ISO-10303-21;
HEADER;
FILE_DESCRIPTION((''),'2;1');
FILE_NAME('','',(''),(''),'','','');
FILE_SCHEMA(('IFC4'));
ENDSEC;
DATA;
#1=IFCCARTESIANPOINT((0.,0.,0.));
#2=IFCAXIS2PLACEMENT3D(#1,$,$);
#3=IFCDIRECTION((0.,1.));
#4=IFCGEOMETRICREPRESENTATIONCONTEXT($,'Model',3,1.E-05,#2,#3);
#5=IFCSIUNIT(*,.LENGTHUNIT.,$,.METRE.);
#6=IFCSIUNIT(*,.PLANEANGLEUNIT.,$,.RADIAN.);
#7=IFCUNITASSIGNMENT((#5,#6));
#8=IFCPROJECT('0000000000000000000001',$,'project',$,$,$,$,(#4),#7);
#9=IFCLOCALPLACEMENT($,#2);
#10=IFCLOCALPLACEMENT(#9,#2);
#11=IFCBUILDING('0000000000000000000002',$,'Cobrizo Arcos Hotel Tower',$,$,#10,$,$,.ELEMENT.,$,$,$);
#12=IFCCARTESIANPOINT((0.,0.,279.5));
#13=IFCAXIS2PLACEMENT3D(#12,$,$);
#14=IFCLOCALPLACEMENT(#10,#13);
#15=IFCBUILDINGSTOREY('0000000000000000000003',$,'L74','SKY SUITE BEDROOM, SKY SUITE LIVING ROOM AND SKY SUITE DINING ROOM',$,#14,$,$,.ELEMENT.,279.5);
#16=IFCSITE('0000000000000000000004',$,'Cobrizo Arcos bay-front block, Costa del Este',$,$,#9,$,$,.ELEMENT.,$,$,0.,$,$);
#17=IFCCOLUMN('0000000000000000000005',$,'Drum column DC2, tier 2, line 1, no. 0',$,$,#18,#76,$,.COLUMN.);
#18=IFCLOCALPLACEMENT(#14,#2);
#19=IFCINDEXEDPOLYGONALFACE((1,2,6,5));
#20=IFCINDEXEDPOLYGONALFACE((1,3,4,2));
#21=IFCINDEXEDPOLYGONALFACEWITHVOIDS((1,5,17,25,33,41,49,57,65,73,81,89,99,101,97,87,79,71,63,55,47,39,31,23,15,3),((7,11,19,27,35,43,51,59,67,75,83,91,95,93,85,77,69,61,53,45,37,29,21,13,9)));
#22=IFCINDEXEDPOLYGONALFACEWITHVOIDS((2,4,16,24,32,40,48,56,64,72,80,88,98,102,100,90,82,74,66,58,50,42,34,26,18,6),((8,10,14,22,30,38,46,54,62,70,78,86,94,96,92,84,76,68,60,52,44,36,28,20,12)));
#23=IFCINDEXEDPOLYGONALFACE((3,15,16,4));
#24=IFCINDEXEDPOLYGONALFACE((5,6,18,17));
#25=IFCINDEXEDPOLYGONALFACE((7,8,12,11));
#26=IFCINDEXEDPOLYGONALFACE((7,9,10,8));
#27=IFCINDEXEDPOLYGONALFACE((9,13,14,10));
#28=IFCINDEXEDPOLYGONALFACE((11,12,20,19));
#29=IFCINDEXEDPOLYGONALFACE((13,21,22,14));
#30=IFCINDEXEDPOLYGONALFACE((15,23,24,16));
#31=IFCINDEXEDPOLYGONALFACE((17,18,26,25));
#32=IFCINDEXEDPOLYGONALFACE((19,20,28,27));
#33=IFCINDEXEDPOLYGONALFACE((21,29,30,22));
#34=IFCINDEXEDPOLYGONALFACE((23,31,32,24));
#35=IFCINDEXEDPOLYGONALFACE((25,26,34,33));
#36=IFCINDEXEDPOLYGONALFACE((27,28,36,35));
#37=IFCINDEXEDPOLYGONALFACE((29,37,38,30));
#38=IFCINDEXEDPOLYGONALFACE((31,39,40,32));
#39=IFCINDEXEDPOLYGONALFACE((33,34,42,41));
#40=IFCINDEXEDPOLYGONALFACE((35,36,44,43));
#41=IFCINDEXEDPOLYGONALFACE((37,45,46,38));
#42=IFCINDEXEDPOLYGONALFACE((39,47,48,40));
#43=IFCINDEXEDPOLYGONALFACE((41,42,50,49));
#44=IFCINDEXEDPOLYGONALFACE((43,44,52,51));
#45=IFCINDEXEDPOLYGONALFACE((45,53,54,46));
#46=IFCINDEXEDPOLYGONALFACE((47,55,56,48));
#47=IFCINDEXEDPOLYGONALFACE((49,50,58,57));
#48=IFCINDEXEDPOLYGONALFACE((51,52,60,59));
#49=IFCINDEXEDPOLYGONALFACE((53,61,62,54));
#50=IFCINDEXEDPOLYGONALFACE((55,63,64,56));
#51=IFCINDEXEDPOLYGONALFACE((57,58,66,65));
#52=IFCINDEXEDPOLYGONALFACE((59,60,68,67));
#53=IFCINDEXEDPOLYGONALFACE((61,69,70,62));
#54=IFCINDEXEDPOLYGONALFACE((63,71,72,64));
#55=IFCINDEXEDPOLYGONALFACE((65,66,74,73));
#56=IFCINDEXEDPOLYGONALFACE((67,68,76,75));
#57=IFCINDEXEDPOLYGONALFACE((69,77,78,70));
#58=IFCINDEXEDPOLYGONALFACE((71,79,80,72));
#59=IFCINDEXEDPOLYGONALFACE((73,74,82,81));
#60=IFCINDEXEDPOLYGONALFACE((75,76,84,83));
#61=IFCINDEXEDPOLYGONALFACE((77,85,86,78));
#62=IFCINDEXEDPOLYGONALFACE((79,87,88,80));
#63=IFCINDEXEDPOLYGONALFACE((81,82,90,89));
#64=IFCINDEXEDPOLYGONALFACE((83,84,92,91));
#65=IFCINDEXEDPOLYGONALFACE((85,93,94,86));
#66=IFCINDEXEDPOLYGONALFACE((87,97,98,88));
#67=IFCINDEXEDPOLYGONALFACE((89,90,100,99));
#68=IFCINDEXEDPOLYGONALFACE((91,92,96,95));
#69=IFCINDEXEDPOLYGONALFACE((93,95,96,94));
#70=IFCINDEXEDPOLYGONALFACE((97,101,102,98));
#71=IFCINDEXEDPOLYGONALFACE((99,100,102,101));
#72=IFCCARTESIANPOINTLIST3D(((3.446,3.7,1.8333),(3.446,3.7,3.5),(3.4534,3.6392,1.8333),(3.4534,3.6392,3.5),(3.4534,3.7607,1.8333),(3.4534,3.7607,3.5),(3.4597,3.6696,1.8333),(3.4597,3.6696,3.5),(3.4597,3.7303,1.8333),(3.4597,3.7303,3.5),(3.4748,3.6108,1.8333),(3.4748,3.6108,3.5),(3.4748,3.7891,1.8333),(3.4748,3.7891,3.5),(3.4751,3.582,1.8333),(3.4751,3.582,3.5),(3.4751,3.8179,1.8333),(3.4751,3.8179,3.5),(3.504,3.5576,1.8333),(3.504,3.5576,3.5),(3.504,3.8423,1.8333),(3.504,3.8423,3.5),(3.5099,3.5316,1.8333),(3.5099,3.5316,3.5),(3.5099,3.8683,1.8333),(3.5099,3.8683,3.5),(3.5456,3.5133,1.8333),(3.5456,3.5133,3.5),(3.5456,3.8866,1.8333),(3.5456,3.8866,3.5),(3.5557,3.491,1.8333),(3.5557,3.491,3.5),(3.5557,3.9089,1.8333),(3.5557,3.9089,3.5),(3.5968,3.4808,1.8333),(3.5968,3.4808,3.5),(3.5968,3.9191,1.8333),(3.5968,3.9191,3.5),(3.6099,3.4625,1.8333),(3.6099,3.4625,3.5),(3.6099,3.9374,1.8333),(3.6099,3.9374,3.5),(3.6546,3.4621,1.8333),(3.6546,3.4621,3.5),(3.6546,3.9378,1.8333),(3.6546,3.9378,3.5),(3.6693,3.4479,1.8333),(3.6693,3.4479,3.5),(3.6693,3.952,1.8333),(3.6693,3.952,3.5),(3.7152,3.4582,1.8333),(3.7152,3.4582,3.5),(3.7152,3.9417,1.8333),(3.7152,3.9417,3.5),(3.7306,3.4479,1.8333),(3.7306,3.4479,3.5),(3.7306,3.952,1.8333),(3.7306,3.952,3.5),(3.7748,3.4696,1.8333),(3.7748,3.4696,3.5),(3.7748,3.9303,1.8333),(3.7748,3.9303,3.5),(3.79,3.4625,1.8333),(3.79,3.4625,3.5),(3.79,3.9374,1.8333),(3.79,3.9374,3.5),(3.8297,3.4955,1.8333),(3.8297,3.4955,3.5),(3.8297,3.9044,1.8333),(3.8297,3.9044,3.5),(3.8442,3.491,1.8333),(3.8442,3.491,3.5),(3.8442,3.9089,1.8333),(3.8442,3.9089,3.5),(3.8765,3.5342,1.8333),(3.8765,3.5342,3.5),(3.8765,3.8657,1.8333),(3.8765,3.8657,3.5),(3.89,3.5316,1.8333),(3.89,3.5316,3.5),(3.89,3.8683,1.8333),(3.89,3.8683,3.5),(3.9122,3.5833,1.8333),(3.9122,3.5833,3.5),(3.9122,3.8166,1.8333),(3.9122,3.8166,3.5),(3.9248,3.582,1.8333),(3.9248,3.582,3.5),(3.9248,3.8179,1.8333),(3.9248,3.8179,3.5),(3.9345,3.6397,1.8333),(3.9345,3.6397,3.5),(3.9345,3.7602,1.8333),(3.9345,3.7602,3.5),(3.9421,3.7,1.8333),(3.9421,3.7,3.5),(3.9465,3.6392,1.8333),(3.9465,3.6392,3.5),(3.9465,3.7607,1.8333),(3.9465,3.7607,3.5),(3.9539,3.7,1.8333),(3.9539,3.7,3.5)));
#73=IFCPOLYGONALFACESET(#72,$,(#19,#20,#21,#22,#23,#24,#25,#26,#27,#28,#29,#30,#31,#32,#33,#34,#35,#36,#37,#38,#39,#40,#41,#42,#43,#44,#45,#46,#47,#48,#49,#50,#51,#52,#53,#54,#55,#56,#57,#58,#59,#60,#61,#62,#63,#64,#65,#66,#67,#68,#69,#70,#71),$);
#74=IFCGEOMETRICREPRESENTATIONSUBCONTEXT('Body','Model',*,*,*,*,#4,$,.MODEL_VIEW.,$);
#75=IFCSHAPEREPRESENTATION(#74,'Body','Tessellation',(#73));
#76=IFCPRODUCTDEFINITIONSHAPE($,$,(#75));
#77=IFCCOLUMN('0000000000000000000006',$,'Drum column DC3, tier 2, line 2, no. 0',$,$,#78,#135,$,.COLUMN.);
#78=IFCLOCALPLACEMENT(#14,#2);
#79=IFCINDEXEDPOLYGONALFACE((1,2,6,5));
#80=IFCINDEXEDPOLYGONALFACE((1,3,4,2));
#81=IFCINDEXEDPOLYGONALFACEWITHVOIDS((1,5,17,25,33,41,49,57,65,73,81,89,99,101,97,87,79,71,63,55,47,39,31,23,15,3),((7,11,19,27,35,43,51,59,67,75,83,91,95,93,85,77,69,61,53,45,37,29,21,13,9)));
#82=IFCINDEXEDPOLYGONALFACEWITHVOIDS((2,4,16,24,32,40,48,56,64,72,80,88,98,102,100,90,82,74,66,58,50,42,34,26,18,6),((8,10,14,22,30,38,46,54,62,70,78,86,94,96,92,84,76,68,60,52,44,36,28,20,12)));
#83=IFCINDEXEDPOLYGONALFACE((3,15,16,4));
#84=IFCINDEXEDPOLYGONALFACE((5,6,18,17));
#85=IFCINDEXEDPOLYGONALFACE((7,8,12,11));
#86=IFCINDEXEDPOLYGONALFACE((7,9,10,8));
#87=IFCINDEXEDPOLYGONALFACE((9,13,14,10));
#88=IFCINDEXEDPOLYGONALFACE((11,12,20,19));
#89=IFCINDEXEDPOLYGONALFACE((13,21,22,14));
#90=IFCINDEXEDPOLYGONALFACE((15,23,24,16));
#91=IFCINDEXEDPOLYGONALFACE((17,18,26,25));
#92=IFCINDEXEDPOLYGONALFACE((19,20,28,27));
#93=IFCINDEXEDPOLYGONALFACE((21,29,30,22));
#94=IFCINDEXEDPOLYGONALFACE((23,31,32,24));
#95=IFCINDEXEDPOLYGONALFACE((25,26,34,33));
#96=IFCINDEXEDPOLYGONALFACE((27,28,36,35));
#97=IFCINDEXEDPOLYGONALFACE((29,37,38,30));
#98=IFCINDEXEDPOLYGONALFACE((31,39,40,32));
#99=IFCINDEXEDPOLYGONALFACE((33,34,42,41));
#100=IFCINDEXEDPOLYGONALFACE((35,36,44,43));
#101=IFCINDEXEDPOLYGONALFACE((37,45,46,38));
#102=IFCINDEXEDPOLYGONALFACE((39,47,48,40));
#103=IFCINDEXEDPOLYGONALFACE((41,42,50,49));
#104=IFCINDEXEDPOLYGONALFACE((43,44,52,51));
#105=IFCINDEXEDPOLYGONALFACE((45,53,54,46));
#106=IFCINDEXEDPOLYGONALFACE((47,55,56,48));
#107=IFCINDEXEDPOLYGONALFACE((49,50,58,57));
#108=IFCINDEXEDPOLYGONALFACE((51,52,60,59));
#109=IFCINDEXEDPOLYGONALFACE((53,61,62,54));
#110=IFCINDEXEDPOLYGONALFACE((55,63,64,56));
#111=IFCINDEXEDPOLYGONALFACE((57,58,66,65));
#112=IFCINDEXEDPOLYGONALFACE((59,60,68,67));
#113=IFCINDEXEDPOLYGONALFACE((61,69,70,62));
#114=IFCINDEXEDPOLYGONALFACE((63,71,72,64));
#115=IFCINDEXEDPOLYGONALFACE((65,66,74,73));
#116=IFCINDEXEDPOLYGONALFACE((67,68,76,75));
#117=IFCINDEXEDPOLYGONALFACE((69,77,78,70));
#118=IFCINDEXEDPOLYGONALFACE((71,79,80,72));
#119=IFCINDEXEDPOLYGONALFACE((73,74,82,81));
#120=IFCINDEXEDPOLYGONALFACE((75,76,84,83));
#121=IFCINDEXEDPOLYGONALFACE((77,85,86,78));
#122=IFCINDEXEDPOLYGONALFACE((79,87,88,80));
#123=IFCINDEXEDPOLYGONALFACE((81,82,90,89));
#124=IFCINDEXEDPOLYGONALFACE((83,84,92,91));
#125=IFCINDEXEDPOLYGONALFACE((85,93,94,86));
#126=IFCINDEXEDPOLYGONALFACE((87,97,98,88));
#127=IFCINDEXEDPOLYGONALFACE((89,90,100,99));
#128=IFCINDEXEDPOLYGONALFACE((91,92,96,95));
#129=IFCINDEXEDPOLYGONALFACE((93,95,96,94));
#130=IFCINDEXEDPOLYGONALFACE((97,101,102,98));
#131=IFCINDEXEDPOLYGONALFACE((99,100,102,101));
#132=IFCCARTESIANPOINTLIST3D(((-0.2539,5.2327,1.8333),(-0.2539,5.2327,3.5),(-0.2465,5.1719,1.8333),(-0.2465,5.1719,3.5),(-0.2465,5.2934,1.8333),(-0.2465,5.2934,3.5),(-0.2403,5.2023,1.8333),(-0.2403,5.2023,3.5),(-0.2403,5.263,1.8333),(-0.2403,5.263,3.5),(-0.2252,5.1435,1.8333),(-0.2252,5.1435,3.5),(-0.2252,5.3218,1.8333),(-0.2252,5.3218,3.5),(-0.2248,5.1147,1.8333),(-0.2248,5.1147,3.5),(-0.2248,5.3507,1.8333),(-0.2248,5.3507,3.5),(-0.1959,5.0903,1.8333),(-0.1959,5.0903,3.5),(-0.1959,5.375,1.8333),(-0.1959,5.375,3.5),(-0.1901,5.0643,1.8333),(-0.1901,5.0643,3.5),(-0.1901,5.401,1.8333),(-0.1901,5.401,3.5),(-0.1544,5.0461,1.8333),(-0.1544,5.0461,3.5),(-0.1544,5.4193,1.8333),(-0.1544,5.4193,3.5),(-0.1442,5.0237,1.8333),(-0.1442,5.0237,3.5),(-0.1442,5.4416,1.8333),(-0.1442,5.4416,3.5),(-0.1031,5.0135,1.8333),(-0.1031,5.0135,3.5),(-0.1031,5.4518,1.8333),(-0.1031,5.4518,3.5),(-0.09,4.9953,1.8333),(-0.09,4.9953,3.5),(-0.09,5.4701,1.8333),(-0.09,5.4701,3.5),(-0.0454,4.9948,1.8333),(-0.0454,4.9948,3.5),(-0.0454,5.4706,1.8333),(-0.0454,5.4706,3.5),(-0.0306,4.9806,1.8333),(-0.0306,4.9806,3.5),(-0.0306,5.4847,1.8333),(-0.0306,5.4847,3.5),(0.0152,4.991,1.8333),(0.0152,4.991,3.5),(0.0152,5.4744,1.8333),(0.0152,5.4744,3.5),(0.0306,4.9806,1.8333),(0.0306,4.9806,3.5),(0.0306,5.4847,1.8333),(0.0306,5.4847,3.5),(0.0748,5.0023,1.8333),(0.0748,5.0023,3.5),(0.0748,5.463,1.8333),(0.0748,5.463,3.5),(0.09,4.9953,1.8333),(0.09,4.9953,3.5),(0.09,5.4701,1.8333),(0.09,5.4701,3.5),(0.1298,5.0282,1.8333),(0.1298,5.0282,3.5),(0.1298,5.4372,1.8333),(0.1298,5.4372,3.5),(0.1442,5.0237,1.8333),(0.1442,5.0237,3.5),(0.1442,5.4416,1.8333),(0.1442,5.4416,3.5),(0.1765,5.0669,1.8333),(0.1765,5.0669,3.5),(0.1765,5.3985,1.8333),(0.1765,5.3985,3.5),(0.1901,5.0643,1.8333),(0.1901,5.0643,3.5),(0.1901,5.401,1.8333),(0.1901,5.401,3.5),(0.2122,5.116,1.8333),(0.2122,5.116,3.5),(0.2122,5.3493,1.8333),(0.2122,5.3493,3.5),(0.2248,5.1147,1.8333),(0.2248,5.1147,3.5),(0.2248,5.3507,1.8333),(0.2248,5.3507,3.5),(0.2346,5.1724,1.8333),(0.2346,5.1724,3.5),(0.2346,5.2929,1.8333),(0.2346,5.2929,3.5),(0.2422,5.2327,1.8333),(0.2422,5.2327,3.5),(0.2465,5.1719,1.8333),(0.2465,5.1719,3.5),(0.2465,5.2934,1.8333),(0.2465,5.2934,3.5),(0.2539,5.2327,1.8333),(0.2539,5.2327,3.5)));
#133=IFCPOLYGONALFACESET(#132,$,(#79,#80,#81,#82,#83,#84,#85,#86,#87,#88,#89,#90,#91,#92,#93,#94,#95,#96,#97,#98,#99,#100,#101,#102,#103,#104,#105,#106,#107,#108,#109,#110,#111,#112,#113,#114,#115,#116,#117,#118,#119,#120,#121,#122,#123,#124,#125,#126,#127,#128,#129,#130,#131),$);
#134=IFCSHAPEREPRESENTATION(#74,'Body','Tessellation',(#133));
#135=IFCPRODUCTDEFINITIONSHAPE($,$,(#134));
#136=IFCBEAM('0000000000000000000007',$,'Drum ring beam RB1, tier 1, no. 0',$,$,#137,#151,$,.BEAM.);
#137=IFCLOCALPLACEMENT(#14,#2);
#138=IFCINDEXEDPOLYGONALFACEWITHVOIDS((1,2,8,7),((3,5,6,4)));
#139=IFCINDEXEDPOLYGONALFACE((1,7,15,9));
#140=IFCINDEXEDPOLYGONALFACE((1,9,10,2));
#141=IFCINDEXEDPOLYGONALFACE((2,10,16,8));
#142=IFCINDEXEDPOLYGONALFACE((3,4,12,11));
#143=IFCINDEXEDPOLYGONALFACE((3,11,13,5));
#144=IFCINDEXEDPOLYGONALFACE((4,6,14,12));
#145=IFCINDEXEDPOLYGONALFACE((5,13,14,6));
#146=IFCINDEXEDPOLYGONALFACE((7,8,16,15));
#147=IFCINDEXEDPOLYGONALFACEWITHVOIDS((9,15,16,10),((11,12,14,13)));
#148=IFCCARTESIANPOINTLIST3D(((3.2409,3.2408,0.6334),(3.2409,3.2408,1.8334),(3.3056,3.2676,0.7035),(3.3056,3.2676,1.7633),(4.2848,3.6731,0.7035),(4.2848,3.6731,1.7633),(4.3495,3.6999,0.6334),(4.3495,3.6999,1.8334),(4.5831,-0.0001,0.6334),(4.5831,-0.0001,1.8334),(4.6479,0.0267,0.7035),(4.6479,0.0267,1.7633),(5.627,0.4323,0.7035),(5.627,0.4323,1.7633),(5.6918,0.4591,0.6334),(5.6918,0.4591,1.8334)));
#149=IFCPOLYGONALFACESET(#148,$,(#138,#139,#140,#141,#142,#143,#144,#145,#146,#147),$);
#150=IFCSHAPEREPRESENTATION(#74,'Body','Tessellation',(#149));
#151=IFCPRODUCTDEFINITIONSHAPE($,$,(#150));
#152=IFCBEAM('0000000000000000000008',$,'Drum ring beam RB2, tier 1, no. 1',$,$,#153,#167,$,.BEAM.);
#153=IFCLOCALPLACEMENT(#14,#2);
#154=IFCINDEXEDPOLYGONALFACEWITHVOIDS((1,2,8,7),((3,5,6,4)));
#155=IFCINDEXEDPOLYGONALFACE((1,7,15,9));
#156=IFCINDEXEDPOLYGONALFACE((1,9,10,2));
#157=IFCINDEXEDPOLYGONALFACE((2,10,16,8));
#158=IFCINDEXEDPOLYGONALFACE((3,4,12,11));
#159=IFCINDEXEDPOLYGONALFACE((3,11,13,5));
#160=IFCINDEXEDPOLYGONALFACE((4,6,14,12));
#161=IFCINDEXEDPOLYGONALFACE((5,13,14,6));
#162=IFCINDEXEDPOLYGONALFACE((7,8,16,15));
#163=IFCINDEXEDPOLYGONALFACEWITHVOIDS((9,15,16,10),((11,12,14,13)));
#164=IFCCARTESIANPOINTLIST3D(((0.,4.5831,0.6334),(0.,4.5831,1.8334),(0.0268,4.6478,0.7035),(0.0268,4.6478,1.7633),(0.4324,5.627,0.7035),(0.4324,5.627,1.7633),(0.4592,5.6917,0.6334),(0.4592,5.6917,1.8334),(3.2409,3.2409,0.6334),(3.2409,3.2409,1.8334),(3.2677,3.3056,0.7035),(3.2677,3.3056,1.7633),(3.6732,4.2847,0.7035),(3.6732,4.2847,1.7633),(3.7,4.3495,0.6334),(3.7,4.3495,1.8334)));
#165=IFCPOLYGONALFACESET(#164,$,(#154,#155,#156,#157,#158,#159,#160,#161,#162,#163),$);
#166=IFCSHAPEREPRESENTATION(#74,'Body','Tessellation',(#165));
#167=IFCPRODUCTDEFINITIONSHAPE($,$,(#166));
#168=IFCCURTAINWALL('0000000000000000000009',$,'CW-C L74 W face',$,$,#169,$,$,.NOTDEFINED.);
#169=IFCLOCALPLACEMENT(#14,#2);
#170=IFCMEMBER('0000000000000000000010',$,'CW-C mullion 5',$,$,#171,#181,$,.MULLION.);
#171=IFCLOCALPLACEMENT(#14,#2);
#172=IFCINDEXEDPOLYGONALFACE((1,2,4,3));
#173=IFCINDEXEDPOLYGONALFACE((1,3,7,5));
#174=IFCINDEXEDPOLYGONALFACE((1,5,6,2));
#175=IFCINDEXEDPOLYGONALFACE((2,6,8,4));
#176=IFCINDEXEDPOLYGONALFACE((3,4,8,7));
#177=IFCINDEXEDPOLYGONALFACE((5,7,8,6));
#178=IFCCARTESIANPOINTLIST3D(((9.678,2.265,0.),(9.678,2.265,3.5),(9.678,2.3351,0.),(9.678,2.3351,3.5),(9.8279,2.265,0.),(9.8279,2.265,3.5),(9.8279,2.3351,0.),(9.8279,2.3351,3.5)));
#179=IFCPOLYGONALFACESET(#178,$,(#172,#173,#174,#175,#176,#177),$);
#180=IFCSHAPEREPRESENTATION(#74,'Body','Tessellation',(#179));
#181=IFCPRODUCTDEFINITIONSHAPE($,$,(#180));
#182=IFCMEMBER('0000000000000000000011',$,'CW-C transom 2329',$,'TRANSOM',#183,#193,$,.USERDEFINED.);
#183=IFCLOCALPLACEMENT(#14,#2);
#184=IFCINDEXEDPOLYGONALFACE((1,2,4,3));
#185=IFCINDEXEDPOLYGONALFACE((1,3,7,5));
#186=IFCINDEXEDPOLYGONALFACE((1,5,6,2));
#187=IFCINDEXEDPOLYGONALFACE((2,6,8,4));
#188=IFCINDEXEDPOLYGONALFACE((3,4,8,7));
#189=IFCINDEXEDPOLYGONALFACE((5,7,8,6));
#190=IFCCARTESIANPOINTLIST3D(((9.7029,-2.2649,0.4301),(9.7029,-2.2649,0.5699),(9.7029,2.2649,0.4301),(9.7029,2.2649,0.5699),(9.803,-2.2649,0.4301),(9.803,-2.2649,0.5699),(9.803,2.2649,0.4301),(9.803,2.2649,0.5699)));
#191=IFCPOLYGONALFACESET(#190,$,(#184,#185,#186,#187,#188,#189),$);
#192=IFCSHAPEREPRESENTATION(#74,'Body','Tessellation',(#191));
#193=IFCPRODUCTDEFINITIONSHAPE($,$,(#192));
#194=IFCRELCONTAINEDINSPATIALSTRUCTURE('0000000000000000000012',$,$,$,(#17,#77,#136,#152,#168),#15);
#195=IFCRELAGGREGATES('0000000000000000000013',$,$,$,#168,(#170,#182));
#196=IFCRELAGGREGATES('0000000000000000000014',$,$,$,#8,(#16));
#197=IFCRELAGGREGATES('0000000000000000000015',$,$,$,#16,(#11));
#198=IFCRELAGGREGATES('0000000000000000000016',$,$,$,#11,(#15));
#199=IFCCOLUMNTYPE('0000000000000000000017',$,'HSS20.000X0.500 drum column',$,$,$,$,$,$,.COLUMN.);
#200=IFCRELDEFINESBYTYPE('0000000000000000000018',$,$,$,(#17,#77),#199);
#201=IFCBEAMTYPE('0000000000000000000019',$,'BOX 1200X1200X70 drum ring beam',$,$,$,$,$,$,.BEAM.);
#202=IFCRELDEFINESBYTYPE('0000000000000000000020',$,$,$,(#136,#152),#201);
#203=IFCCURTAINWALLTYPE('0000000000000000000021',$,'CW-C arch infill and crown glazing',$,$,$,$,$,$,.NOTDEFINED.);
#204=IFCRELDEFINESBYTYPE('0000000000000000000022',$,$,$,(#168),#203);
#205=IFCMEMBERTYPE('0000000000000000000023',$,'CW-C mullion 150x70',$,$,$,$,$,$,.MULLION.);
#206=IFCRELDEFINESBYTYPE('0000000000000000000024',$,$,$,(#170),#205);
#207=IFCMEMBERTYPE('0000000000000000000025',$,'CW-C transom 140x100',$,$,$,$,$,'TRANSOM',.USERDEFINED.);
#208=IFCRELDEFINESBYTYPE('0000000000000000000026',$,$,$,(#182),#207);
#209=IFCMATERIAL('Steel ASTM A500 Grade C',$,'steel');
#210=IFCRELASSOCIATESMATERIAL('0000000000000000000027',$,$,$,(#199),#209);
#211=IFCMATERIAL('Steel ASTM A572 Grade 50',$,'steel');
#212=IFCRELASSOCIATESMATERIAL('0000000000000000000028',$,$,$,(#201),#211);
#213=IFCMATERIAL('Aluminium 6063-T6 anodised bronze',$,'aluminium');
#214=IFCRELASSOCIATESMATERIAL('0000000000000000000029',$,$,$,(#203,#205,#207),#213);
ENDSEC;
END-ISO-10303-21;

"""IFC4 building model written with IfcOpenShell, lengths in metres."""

from ifc_helpers import new_model, si_unit, direction, frame, origin, origin_2d, place, context, subcontext, project, spatial, rectangle, hollow_rectangle, hollow_circle, extrude, material, material_profile, profile_set, type_object, element, aggregate, save


model = new_model("IFC4")

# Units and contexts
model_context = context("Model", 3, precision=1e-05, world=origin(), true_north=direction((0.0, 1.0)))
body_context = subcontext(model_context, "Body", "Model", "MODEL_VIEW")
ifc_project = project(units=[si_unit("LENGTHUNIT", "METRE"), si_unit("PLANEANGLEUNIT", "RADIAN")], contexts=[model_context])

# Site, building, storey
site_placement = place(None, origin())
site = spatial("IfcSite", under=ifc_project, at=site_placement, Name="Cobrizo Arcos bay-front block, Costa del Este", CompositionType="ELEMENT", RefElevation=0.0)
building_placement = place(site_placement, origin())
building = spatial("IfcBuilding", under=site, at=building_placement, Name="Cobrizo Arcos Hotel Tower", CompositionType="ELEMENT")
storey_placement = place(building_placement, frame((0.0, 0.0, 279.5)))
storey = spatial("IfcBuildingStorey", under=building, at=storey_placement, Name="L74", Description="SKY SUITE BEDROOM, SKY SUITE LIVING ROOM AND SKY SUITE DINING ROOM", CompositionType="ELEMENT", Elevation=279.5)

# Columns
ifc_material_1 = material(Name="Steel ASTM A500 Grade C", Category="steel")
ifc_material_profile_1 = material_profile(ifc_material_1, hollow_circle(Radius=0.2539, WallThickness=0.0117, at=origin_2d()), Name="HSS20.000X0.500")
ifc_profile_set_1 = profile_set([ifc_material_profile_1], Name="Steel ASTM A500 Grade C")
column_type = type_object("IfcColumnType", Name="HSS20.000X0.500 drum column", PredefinedType="COLUMN", material=ifc_profile_set_1)
for number, where, z_axis, x_axis, name in (
    (1, (3.7, 3.7, 1.8333), (0.0, 0.0, 1.0), (1.0, 0.0, 0.0), "Drum column DC2, tier 2, line 1, no. 0"),
    (2, (0.0, 5.2327, 1.8333), (0.0, 0.0, 1.0), (1.0, 0.0, 0.0), "Drum column DC3, tier 2, line 2, no. 0"),
):
    element("IfcColumn", number, at=place(storey_placement, frame(where, z_axis=z_axis, x_axis=x_axis)), inside=storey, type_object=column_type, Name=name, PredefinedType="COLUMN", context=body_context, shape_type="SweptSolid", body=[
        extrude(hollow_circle(Radius=0.2539, WallThickness=0.0117, at=origin_2d()), origin(), (0.0, 0.0, 1.0), 1.6667),
    ])

# Beams
ifc_material_2 = material(Name="Steel ASTM A572 Grade 50", Category="steel")
ifc_material_profile_2 = material_profile(ifc_material_2, hollow_rectangle(XDim=1.2, YDim=1.2, WallThickness=0.0701, at=origin_2d()), Name="BOX 1200X1200X70")
ifc_profile_set_2 = profile_set([ifc_material_profile_2], Name="Steel ASTM A572 Grade 50")
beam_type_1 = type_object("IfcBeamType", Name="BOX 1200X1200X70 drum ring beam", PredefinedType="BEAM", material=ifc_profile_set_2)
for number, where, z_axis, x_axis, name in (
    (3, (5.1375, 0.2295, 1.2334), (-0.382643, 0.923896, 0.0), (-0.923896, -0.382643, 0.0), "Drum ring beam RB1, tier 1, no. 0"),
    (4, (3.4705, 3.7952, 1.2334), (-0.923896, 0.382643, 0.0), (-0.382643, -0.923896, 0.0), "Drum ring beam RB2, tier 1, no. 1"),
):
    element("IfcBeam", number, at=place(storey_placement, frame(where, z_axis=z_axis, x_axis=x_axis)), inside=storey, type_object=beam_type_1, Name=name, PredefinedType="BEAM", context=body_context, shape_type="SweptSolid", body=[
        extrude(hollow_rectangle(XDim=1.2, YDim=1.2, WallThickness=0.0701, at=origin_2d()), origin(), (0.0, 0.0, 1.0), 3.5078),
    ])

# Curtain wall, members
ifc_material_3 = material(Name="Aluminium 6063-T6 anodised bronze", Category="aluminium")
curtain_wall_type = type_object("IfcCurtainWallType", Name="CW-C arch infill and crown glazing", PredefinedType="NOTDEFINED", material=ifc_material_3)
curtain_wall_placement = place(storey_placement, origin())
curtain_wall = element("IfcCurtainWall", 5, at=curtain_wall_placement, inside=storey, type_object=curtain_wall_type, Name="CW-C L74 W face", PredefinedType="NOTDEFINED")
ifc_material_profile_3 = material_profile(ifc_material_3, rectangle(XDim=0.1499, YDim=0.0701, at=origin_2d()), Name="CW-C mullion 150x70")
ifc_profile_set_3 = profile_set([ifc_material_profile_3], Name="Aluminium 6063-T6 anodised bronze")
member_type_1 = type_object("IfcMemberType", Name="CW-C mullion 150x70", PredefinedType="MULLION", material=ifc_profile_set_3)
member_1_placement = place(storey_placement, frame((9.7529, 2.3, 0.0), z_axis=(0.0, 0.0, 1.0), x_axis=(-1.0, 0.0, 0.0)))
member_1 = element("IfcMember", 6, at=member_1_placement, type_object=member_type_1, Name="CW-C mullion 5", PredefinedType="MULLION", context=body_context, shape_type="SweptSolid", body=[
    extrude(rectangle(XDim=0.1499, YDim=0.0701, at=origin_2d()), origin(), (0.0, 0.0, 1.0), 3.5),
])
ifc_material_profile_4 = material_profile(ifc_material_3, rectangle(XDim=0.1001, YDim=0.1399, at=origin_2d()), Name="CW-C transom 140x100")
ifc_profile_set_4 = profile_set([ifc_material_profile_4], Name="Aluminium 6063-T6 anodised bronze")
member_type_2 = type_object("IfcMemberType", Name="CW-C transom 140x100", ElementType="TRANSOM", PredefinedType="USERDEFINED", material=ifc_profile_set_4)
member_2_placement = place(storey_placement, frame((9.7529, 2.2649, 0.5), z_axis=(0.0, -1.0, 0.0), x_axis=(1.0, 0.0, 0.0)))
member_2 = element("IfcMember", 7, at=member_2_placement, type_object=member_type_2, Name="CW-C transom 2329", ObjectType="TRANSOM", PredefinedType="USERDEFINED", context=body_context, shape_type="SweptSolid", body=[
    extrude(rectangle(XDim=0.1001, YDim=0.1399, at=origin_2d()), origin(), (0.0, 0.0, 1.0), 4.5298),
])

aggregate(curtain_wall, [member_1, member_2])

save(model, "model.ifc")
